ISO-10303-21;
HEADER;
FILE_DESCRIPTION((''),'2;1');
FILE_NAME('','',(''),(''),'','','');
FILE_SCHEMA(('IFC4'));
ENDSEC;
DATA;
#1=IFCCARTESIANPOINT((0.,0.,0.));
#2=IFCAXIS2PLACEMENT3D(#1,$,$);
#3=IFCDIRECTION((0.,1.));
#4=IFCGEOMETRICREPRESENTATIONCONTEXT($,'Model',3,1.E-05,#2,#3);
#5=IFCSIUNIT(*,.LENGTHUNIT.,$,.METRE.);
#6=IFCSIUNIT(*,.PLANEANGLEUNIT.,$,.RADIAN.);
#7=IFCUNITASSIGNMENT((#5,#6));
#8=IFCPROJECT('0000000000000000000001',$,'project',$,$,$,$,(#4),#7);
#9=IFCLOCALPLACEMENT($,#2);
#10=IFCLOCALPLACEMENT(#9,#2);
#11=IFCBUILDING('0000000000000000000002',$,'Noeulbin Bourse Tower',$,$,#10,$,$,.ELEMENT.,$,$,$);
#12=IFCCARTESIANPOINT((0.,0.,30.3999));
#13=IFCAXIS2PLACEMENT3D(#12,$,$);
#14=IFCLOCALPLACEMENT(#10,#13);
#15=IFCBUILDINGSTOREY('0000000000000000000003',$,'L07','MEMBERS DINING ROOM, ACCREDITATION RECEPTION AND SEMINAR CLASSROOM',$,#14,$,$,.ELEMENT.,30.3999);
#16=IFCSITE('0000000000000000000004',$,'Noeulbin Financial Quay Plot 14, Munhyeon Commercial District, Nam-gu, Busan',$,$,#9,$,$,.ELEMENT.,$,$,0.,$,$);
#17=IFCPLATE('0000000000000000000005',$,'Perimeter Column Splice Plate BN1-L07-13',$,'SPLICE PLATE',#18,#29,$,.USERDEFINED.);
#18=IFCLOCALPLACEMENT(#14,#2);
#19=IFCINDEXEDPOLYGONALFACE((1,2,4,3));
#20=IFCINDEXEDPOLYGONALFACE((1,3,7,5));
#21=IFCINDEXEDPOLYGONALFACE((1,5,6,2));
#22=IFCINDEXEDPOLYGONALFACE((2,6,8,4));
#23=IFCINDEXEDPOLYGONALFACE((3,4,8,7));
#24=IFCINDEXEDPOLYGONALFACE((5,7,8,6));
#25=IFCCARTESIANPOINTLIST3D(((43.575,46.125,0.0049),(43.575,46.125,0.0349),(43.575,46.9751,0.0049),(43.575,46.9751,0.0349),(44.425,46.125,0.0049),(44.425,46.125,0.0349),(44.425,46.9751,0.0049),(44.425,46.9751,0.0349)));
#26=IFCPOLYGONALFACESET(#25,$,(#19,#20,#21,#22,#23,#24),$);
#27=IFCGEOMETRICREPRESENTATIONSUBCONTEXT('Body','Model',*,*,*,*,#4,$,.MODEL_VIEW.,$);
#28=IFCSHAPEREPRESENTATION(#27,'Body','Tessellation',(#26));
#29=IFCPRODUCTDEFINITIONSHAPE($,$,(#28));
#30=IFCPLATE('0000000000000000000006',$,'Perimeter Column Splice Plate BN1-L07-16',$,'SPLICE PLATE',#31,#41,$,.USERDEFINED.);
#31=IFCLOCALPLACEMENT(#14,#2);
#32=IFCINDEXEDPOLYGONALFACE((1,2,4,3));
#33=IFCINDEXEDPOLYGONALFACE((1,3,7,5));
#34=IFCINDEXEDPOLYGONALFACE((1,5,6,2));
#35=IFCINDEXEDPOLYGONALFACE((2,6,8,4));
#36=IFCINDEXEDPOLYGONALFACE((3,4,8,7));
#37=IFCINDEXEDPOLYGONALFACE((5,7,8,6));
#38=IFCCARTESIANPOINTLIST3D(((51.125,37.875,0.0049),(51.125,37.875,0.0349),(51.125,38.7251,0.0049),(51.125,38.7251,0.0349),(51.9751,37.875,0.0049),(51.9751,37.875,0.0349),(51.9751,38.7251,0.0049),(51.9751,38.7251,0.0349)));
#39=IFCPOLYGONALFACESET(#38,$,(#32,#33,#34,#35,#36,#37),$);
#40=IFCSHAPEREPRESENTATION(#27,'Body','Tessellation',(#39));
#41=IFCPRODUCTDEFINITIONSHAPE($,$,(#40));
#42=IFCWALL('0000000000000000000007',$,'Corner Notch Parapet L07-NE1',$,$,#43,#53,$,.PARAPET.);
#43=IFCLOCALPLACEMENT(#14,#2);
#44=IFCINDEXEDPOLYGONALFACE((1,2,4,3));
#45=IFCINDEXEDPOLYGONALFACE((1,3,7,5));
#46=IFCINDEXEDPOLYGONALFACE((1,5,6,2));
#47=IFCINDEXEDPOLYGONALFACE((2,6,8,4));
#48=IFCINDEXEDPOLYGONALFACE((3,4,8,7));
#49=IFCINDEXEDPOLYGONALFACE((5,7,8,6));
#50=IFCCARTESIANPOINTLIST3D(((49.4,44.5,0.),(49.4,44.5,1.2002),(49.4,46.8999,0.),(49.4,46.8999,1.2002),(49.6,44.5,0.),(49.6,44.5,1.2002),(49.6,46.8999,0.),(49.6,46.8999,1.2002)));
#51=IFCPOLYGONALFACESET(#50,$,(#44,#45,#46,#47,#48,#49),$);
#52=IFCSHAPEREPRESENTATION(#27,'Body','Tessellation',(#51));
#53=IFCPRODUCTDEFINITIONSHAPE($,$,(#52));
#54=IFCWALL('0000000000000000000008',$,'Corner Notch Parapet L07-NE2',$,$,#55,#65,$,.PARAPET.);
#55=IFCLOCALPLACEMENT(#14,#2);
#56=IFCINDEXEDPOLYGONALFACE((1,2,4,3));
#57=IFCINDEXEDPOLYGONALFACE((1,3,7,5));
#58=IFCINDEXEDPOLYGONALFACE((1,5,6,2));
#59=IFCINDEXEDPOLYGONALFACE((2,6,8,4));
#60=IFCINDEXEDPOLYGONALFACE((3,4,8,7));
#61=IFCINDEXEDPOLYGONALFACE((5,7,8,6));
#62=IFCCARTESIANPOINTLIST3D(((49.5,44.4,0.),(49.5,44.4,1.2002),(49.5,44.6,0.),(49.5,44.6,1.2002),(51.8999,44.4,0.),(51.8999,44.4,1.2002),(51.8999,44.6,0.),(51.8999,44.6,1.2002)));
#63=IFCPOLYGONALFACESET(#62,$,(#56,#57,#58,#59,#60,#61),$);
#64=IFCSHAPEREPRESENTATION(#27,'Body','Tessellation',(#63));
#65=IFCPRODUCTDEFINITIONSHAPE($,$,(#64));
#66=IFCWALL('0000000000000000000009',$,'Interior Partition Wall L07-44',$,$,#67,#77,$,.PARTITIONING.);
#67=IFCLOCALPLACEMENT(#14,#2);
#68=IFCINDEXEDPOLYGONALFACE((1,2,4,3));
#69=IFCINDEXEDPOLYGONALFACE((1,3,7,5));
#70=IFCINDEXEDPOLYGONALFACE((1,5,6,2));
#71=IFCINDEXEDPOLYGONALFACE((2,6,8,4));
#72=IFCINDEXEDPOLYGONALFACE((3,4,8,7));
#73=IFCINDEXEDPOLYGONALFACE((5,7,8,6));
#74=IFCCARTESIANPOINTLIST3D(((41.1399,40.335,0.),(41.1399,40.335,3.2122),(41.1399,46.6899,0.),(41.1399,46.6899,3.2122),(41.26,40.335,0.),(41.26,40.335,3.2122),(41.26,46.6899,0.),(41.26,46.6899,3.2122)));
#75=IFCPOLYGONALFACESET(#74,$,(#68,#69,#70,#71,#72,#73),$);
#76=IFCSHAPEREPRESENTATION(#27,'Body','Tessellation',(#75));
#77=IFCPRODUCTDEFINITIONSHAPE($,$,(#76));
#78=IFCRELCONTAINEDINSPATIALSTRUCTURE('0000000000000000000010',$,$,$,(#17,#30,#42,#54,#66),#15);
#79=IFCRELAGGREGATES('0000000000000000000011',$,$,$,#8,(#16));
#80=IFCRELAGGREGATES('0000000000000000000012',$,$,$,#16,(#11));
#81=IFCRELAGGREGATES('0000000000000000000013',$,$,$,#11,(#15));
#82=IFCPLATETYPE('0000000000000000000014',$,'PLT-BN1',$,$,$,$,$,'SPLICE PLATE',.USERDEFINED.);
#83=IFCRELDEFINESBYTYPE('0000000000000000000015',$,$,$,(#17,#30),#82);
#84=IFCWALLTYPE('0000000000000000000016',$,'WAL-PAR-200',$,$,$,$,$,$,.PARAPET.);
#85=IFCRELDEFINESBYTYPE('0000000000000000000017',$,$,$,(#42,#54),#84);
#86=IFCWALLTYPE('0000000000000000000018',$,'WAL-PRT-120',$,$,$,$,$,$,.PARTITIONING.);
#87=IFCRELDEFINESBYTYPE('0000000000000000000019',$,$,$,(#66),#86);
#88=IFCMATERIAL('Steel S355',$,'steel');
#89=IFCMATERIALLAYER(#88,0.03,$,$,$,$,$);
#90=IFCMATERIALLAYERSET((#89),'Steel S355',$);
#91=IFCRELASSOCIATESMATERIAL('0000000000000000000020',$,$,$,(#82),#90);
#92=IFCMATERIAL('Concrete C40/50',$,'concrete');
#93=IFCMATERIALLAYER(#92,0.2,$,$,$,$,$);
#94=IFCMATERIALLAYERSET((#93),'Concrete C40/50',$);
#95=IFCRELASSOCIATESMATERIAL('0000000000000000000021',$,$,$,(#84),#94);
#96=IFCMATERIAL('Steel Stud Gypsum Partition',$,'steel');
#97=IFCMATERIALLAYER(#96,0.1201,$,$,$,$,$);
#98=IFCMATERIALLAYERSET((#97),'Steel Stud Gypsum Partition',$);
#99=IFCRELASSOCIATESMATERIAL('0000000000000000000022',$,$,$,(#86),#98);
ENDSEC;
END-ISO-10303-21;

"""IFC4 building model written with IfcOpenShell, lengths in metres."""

from ifc_helpers import new_model, si_unit, direction, frame, frame_2d, origin, origin_2d, place, context, subcontext, project, spatial, rectangle, extrude, material, layer, layer_set, type_object, element, save


model = new_model("IFC4")

# Units and contexts
model_context = context("Model", 3, precision=1e-05, world=origin(), true_north=direction((0.0, 1.0)))
body_context = subcontext(model_context, "Body", "Model", "MODEL_VIEW")
ifc_project = project(units=[si_unit("LENGTHUNIT", "METRE"), si_unit("PLANEANGLEUNIT", "RADIAN")], contexts=[model_context])

# Site, building, storey
site_placement = place(None, origin())
site = spatial("IfcSite", under=ifc_project, at=site_placement, Name="Noeulbin Financial Quay Plot 14, Munhyeon Commercial District, Nam-gu, Busan", CompositionType="ELEMENT", RefElevation=0.0)
building_placement = place(site_placement, origin())
building = spatial("IfcBuilding", under=site, at=building_placement, Name="Noeulbin Bourse Tower", CompositionType="ELEMENT")
storey_placement = place(building_placement, frame((0.0, 0.0, 30.3999)))
storey = spatial("IfcBuildingStorey", under=building, at=storey_placement, Name="L07", Description="MEMBERS DINING ROOM, ACCREDITATION RECEPTION AND SEMINAR CLASSROOM", CompositionType="ELEMENT", Elevation=30.3999)

# Shared definitions
ifc_material_1 = material(Name="Steel S355", Category="steel")

# Plates
ifc_layer_1 = layer(ifc_material_1, 0.03)
ifc_layer_set_1 = layer_set([ifc_layer_1], Name="Steel S355")
plate_type_1 = type_object("IfcPlateType", Name="PLT-BN1", ElementType="SPLICE PLATE", PredefinedType="USERDEFINED", material=ifc_layer_set_1)
for number, where, z_axis, x_axis, name in (
    (1, (44.0, 46.55, 0.0049), (0.0, 0.0, 1.0), (1.0, 0.0, 0.0), "Perimeter Column Splice Plate BN1-L07-13"),
    (2, (51.55, 38.3, 0.0049), (0.0, 0.0, 1.0), (1.0, 0.0, 0.0), "Perimeter Column Splice Plate BN1-L07-16"),
):
    element("IfcPlate", number, at=place(storey_placement, frame(where, z_axis=z_axis, x_axis=x_axis)), inside=storey, type_object=plate_type_1, Name=name, ObjectType="SPLICE PLATE", PredefinedType="USERDEFINED", context=body_context, shape_type="SweptSolid", body=[
        extrude(rectangle(XDim=0.8501, YDim=0.8501, at=origin_2d()), origin(), (0.0, 0.0, 1.0), 0.03),
    ])

# Walls
ifc_material_2 = material(Name="Concrete C40/50", Category="concrete")
ifc_layer_2 = layer(ifc_material_2, 0.2)
ifc_layer_set_2 = layer_set([ifc_layer_2], Name="Concrete C40/50")
wall_type_1 = type_object("IfcWallType", Name="WAL-PAR-200", PredefinedType="PARAPET", material=ifc_layer_set_2)
for number, where, z_axis, x_axis, name in (
    (3, (49.5, 46.8999, 0.0), (0.0, 0.0, 1.0), (0.0, -1.0, 0.0), "Corner Notch Parapet L07-NE1"),
    (4, (49.5, 44.5, 0.0), (0.0, 0.0, 1.0), (1.0, 0.0, 0.0), "Corner Notch Parapet L07-NE2"),
):
    element("IfcWall", number, at=place(storey_placement, frame(where, z_axis=z_axis, x_axis=x_axis)), inside=storey, type_object=wall_type_1, Name=name, PredefinedType="PARAPET", context=body_context, shape_type="SweptSolid", body=[
        extrude(rectangle(XDim=2.3999, YDim=0.2, at=frame_2d((1.2, 0.0))), origin(), (0.0, 0.0, 1.0), 1.2002),
    ])
ifc_material_3 = material(Name="Steel Stud Gypsum Partition", Category="steel")
ifc_layer_3 = layer(ifc_material_3, 0.1201)
ifc_layer_set_3 = layer_set([ifc_layer_3], Name="Steel Stud Gypsum Partition")
wall_type_2 = type_object("IfcWallType", Name="WAL-PRT-120", PredefinedType="PARTITIONING", material=ifc_layer_set_3)
wall_placement = place(storey_placement, frame((41.2, 40.335, 0.0), z_axis=(0.0, 0.0, 1.0), x_axis=(0.0, 1.0, 0.0)))
element("IfcWall", 5, at=wall_placement, inside=storey, type_object=wall_type_2, Name="Interior Partition Wall L07-44", PredefinedType="PARTITIONING", context=body_context, shape_type="SweptSolid", body=[
    extrude(rectangle(XDim=6.355, YDim=0.1201, at=frame_2d((3.1775, 0.0))), origin(), (0.0, 0.0, 1.0), 3.2122),
])

save(model, "model.ifc")
